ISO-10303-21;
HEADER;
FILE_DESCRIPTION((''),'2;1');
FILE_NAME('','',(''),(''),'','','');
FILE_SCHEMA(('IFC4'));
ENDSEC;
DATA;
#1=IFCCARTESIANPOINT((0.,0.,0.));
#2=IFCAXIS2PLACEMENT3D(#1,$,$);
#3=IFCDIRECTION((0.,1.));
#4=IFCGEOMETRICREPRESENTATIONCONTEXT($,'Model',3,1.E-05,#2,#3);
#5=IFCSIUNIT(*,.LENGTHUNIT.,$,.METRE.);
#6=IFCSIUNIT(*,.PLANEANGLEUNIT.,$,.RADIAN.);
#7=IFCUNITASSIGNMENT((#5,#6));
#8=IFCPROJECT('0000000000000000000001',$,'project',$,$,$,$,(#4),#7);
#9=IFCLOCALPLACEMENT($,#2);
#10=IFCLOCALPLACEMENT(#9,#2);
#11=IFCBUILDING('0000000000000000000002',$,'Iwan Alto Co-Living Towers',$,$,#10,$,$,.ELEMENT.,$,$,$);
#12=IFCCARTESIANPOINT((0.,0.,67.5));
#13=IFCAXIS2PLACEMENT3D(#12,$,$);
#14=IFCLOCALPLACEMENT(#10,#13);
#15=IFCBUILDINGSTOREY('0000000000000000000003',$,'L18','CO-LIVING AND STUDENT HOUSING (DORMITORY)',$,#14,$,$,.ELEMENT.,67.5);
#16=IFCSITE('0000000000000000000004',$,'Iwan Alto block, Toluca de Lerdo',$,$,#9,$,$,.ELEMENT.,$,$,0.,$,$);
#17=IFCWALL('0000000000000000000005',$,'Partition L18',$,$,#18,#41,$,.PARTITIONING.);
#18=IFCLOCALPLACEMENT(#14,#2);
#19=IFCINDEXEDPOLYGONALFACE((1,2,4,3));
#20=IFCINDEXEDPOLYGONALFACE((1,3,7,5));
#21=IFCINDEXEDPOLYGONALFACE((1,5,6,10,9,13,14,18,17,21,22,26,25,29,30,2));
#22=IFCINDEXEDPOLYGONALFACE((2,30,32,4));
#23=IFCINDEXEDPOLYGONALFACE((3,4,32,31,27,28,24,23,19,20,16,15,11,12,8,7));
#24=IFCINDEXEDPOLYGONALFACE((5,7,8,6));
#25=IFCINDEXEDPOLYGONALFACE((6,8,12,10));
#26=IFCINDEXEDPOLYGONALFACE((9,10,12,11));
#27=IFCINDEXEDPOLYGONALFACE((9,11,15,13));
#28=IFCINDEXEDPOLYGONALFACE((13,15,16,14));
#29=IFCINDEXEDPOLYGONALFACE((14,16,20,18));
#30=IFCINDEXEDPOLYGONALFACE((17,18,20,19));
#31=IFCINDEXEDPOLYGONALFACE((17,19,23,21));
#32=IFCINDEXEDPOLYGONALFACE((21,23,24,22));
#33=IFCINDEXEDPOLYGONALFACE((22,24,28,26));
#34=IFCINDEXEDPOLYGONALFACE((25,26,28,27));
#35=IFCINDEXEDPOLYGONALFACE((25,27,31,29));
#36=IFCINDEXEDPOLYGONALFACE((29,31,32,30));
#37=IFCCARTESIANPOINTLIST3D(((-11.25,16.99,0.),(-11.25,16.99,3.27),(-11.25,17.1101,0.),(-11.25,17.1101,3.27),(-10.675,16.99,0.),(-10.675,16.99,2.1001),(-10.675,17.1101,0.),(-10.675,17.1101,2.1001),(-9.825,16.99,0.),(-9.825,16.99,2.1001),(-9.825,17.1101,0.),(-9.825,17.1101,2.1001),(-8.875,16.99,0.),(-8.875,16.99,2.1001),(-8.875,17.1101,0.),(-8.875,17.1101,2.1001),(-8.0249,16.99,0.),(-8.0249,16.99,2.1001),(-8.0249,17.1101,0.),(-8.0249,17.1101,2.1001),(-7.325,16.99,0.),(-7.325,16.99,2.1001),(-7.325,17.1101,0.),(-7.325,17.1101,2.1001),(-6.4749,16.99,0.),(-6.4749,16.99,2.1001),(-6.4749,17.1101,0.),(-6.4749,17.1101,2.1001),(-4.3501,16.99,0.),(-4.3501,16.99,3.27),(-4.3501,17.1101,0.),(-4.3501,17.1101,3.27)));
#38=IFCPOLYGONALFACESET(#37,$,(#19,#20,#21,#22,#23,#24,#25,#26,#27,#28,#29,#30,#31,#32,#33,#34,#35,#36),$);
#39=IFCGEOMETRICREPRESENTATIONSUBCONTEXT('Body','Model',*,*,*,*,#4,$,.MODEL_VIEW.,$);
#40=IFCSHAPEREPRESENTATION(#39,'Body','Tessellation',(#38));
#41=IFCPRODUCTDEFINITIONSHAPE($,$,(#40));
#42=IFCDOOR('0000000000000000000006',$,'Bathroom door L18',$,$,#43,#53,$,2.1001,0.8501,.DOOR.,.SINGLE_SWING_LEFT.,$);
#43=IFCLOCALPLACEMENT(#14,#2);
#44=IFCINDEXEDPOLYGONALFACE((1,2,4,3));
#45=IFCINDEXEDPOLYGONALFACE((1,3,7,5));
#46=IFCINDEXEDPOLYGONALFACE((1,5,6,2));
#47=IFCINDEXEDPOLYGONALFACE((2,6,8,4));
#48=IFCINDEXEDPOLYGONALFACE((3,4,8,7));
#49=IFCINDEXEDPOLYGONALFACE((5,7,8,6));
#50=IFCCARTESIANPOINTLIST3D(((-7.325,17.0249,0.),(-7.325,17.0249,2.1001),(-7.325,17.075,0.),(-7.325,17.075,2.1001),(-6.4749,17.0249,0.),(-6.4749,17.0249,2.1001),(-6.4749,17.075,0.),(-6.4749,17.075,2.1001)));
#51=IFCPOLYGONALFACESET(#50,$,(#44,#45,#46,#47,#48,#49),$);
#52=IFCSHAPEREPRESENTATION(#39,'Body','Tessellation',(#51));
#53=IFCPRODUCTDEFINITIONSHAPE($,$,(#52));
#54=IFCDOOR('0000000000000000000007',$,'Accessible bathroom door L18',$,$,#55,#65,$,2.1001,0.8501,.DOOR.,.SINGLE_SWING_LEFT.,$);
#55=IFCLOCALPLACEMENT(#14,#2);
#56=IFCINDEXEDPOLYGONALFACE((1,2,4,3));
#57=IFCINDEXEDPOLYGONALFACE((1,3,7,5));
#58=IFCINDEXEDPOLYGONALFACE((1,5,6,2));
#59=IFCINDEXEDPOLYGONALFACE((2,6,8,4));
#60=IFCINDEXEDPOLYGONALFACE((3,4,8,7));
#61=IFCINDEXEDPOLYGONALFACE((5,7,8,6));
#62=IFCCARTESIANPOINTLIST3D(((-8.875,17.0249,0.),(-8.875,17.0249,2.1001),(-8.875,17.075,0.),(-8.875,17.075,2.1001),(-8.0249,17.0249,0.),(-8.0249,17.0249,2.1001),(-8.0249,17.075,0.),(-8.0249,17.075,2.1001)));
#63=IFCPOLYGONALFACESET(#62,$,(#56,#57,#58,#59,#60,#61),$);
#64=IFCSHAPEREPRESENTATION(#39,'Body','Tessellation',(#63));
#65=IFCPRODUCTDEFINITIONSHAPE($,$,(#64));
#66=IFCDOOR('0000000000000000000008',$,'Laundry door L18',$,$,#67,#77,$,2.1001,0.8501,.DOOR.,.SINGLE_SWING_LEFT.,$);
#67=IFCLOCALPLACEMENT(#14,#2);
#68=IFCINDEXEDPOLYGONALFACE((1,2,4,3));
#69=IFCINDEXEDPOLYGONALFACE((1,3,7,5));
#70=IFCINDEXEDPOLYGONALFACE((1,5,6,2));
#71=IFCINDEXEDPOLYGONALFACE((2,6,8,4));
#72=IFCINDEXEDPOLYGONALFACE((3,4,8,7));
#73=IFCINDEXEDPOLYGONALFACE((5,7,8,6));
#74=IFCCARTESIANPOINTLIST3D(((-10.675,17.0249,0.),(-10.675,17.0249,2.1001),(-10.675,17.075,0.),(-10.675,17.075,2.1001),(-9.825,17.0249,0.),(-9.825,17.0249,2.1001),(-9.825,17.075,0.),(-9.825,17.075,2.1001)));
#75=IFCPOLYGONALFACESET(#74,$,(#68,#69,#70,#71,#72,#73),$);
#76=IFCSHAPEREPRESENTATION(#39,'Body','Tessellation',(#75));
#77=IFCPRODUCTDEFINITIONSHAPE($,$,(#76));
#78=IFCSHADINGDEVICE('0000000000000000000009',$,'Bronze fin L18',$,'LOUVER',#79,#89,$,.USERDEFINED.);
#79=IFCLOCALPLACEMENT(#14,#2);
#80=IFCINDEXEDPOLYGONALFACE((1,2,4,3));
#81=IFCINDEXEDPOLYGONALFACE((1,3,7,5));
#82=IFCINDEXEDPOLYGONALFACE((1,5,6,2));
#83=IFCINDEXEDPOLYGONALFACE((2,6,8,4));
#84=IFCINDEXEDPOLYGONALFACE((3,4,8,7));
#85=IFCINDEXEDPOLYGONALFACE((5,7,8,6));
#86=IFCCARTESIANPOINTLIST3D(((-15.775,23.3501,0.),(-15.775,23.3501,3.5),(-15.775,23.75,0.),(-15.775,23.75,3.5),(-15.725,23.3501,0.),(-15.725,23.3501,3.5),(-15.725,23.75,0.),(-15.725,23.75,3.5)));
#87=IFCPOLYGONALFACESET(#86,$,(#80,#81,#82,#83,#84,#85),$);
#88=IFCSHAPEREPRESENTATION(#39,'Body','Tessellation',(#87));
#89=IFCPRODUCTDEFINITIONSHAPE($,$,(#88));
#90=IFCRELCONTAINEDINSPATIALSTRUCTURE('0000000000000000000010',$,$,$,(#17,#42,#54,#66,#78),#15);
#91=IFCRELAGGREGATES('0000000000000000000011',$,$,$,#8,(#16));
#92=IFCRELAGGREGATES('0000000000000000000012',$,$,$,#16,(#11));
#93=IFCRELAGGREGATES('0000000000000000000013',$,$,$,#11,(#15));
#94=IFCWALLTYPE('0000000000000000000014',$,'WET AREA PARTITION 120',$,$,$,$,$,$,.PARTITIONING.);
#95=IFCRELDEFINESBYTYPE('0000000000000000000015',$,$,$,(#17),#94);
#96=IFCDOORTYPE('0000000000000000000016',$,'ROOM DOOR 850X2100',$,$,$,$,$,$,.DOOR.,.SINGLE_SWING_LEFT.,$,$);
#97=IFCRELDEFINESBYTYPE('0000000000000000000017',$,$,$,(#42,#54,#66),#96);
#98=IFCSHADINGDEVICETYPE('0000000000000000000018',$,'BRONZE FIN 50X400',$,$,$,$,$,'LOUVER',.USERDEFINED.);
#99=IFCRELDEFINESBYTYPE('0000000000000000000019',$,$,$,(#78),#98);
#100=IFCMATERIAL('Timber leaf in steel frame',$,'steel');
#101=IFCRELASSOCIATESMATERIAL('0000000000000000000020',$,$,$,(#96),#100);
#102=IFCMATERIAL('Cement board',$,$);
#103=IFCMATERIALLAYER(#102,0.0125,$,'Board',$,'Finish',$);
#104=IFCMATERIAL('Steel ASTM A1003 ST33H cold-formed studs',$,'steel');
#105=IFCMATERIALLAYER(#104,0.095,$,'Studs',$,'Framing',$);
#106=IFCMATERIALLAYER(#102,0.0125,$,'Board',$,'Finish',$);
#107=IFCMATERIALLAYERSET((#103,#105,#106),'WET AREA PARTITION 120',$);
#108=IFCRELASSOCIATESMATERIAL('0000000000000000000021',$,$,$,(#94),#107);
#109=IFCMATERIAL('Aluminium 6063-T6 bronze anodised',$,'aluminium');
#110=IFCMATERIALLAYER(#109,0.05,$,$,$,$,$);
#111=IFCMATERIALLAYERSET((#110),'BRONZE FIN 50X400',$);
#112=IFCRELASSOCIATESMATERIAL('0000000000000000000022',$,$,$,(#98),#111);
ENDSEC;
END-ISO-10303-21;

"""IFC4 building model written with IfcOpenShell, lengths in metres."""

from ifc_helpers import new_model, si_unit, direction, frame, frame_2d, origin, origin_2d, place, context, subcontext, project, spatial, rectangle, extrude, material, layer, layer_set, type_object, element, fill, save


model = new_model("IFC4")

# Units and contexts
model_context = context("Model", 3, precision=1e-05, world=origin(), true_north=direction((0.0, 1.0)))
body_context = subcontext(model_context, "Body", "Model", "MODEL_VIEW")
ifc_project = project(units=[si_unit("LENGTHUNIT", "METRE"), si_unit("PLANEANGLEUNIT", "RADIAN")], contexts=[model_context])

# Site, building, storey
site_placement = place(None, origin())
site = spatial("IfcSite", under=ifc_project, at=site_placement, Name="Iwan Alto block, Toluca de Lerdo", CompositionType="ELEMENT", RefElevation=0.0)
building_placement = place(site_placement, origin())
building = spatial("IfcBuilding", under=site, at=building_placement, Name="Iwan Alto Co-Living Towers", CompositionType="ELEMENT")
storey_placement = place(building_placement, frame((0.0, 0.0, 67.5)))
storey = spatial("IfcBuildingStorey", under=building, at=storey_placement, Name="L18", Description="CO-LIVING AND STUDENT HOUSING (DORMITORY)", CompositionType="ELEMENT", Elevation=67.5)

# Shared definitions
ifc_material_1 = material(Name="Steel ASTM A1003 ST33H cold-formed studs", Category="steel")

# Shared definitions
ifc_material_2 = material(Name="Timber leaf in steel frame", Category="steel")
door_type_1 = type_object("IfcDoorType", Name="ROOM DOOR 850X2100", OperationType="SINGLE_SWING_LEFT", PredefinedType="DOOR", material=ifc_material_2)

# Wall, openings, doors
ifc_material_3 = material(Name="Cement board")
ifc_layer_1 = layer(ifc_material_3, 0.0125, Name="Board", Category="Finish")
ifc_layer_2 = layer(ifc_material_1, 0.095, Name="Studs", Category="Framing")
ifc_layer_3 = layer(ifc_material_3, 0.0125, Name="Board", Category="Finish")
ifc_layer_set_1 = layer_set([ifc_layer_1, ifc_layer_2, ifc_layer_3], Name="WET AREA PARTITION 120")
wall_type_1 = type_object("IfcWallType", Name="WET AREA PARTITION 120", PredefinedType="PARTITIONING", material=ifc_layer_set_1)
wall_1_placement = place(storey_placement, frame((-11.25, 17.05, 0.0), z_axis=(0.0, 0.0, 1.0), x_axis=(1.0, 0.0, 0.0)))
wall_1 = element("IfcWall", 1, at=wall_1_placement, inside=storey, type_object=wall_type_1, Name="Partition L18", PredefinedType="PARTITIONING", context=body_context, shape_type="SweptSolid", body=[
    extrude(rectangle(XDim=6.8999, YDim=0.1201, at=frame_2d((3.45, 0.0))), origin(), (0.0, 0.0, 1.0), 3.27),
])
opening_1_placement = place(wall_1_placement, frame((3.925, 0.0, 0.0)))
opening_1 = element("IfcOpeningElement", 2, at=opening_1_placement, cuts=wall_1, PredefinedType="OPENING", context=body_context, shape_type="SweptSolid", body=[
    extrude(rectangle(XDim=0.8501, YDim=2.1001, at=frame_2d((0.425, 1.05))), frame((0.0, 0.0701, 0.0), z_axis=(0.0, -1.0, 0.0), x_axis=(1.0, 0.0, 0.0)), (0.0, 0.0, 1.0), 0.1401),
])
opening_2_placement = place(wall_1_placement, frame((2.375, 0.0, 0.0)))
opening_2 = element("IfcOpeningElement", 3, at=opening_2_placement, cuts=wall_1, PredefinedType="OPENING", context=body_context, shape_type="SweptSolid", body=[
    extrude(rectangle(XDim=0.8501, YDim=2.1001, at=frame_2d((0.425, 1.05))), frame((0.0, 0.0701, 0.0), z_axis=(0.0, -1.0, 0.0), x_axis=(1.0, 0.0, 0.0)), (0.0, 0.0, 1.0), 0.1401),
])
opening_3_placement = place(wall_1_placement, frame((0.575, 0.0, 0.0)))
opening_3 = element("IfcOpeningElement", 4, at=opening_3_placement, cuts=wall_1, PredefinedType="OPENING", context=body_context, shape_type="SweptSolid", body=[
    extrude(rectangle(XDim=0.8501, YDim=2.1001, at=frame_2d((0.425, 1.05))), frame((0.0, 0.0701, 0.0), z_axis=(0.0, -1.0, 0.0), x_axis=(1.0, 0.0, 0.0)), (0.0, 0.0, 1.0), 0.1401),
])
door_1_placement = place(opening_1_placement, origin())
door_1 = element("IfcDoor", 5, at=door_1_placement, inside=storey, type_object=door_type_1, Name="Bathroom door L18", OperationType="SINGLE_SWING_LEFT", OverallHeight=2.1001, OverallWidth=0.8501, PredefinedType="DOOR", context=body_context, shape_type="SweptSolid", body=[
    extrude(rectangle(XDim=0.8501, YDim=2.1001, at=frame_2d((0.425, 1.05))), frame((0.0, 0.0249, 0.0), z_axis=(0.0, -1.0, 0.0), x_axis=(1.0, 0.0, 0.0)), (0.0, 0.0, 1.0), 0.05),
])
fill(opening_1, door_1)
door_2_placement = place(opening_2_placement, origin())
door_2 = element("IfcDoor", 6, at=door_2_placement, inside=storey, type_object=door_type_1, Name="Accessible bathroom door L18", OperationType="SINGLE_SWING_LEFT", OverallHeight=2.1001, OverallWidth=0.8501, PredefinedType="DOOR", context=body_context, shape_type="SweptSolid", body=[
    extrude(rectangle(XDim=0.8501, YDim=2.1001, at=frame_2d((0.425, 1.05))), frame((0.0, 0.0249, 0.0), z_axis=(0.0, -1.0, 0.0), x_axis=(1.0, 0.0, 0.0)), (0.0, 0.0, 1.0), 0.05),
])
fill(opening_2, door_2)
door_3_placement = place(opening_3_placement, origin())
door_3 = element("IfcDoor", 7, at=door_3_placement, inside=storey, type_object=door_type_1, Name="Laundry door L18", OperationType="SINGLE_SWING_LEFT", OverallHeight=2.1001, OverallWidth=0.8501, PredefinedType="DOOR", context=body_context, shape_type="SweptSolid", body=[
    extrude(rectangle(XDim=0.8501, YDim=2.1001, at=frame_2d((0.425, 1.05))), frame((0.0, 0.0249, 0.0), z_axis=(0.0, -1.0, 0.0), x_axis=(1.0, 0.0, 0.0)), (0.0, 0.0, 1.0), 0.05),
])
fill(opening_3, door_3)

# Shading device
ifc_material_4 = material(Name="Aluminium 6063-T6 bronze anodised", Category="aluminium")
ifc_layer_4 = layer(ifc_material_4, 0.05)
ifc_layer_set_2 = layer_set([ifc_layer_4], Name="BRONZE FIN 50X400")
shading_device_type = type_object("IfcShadingDeviceType", Name="BRONZE FIN 50X400", ElementType="LOUVER", PredefinedType="USERDEFINED", material=ifc_layer_set_2)
shading_device_placement = place(storey_placement, frame((-15.75, 23.55, 0.0), z_axis=(0.0, 0.0, 1.0), x_axis=(-1.0, 0.0, 0.0)))
element("IfcShadingDevice", 8, at=shading_device_placement, inside=storey, type_object=shading_device_type, Name="Bronze fin L18", ObjectType="LOUVER", PredefinedType="USERDEFINED", context=body_context, shape_type="SweptSolid", body=[
    extrude(rectangle(XDim=0.05, YDim=0.3999, at=origin_2d()), origin(), (0.0, 0.0, 1.0), 3.5),
])

save(model, "model.ifc")
